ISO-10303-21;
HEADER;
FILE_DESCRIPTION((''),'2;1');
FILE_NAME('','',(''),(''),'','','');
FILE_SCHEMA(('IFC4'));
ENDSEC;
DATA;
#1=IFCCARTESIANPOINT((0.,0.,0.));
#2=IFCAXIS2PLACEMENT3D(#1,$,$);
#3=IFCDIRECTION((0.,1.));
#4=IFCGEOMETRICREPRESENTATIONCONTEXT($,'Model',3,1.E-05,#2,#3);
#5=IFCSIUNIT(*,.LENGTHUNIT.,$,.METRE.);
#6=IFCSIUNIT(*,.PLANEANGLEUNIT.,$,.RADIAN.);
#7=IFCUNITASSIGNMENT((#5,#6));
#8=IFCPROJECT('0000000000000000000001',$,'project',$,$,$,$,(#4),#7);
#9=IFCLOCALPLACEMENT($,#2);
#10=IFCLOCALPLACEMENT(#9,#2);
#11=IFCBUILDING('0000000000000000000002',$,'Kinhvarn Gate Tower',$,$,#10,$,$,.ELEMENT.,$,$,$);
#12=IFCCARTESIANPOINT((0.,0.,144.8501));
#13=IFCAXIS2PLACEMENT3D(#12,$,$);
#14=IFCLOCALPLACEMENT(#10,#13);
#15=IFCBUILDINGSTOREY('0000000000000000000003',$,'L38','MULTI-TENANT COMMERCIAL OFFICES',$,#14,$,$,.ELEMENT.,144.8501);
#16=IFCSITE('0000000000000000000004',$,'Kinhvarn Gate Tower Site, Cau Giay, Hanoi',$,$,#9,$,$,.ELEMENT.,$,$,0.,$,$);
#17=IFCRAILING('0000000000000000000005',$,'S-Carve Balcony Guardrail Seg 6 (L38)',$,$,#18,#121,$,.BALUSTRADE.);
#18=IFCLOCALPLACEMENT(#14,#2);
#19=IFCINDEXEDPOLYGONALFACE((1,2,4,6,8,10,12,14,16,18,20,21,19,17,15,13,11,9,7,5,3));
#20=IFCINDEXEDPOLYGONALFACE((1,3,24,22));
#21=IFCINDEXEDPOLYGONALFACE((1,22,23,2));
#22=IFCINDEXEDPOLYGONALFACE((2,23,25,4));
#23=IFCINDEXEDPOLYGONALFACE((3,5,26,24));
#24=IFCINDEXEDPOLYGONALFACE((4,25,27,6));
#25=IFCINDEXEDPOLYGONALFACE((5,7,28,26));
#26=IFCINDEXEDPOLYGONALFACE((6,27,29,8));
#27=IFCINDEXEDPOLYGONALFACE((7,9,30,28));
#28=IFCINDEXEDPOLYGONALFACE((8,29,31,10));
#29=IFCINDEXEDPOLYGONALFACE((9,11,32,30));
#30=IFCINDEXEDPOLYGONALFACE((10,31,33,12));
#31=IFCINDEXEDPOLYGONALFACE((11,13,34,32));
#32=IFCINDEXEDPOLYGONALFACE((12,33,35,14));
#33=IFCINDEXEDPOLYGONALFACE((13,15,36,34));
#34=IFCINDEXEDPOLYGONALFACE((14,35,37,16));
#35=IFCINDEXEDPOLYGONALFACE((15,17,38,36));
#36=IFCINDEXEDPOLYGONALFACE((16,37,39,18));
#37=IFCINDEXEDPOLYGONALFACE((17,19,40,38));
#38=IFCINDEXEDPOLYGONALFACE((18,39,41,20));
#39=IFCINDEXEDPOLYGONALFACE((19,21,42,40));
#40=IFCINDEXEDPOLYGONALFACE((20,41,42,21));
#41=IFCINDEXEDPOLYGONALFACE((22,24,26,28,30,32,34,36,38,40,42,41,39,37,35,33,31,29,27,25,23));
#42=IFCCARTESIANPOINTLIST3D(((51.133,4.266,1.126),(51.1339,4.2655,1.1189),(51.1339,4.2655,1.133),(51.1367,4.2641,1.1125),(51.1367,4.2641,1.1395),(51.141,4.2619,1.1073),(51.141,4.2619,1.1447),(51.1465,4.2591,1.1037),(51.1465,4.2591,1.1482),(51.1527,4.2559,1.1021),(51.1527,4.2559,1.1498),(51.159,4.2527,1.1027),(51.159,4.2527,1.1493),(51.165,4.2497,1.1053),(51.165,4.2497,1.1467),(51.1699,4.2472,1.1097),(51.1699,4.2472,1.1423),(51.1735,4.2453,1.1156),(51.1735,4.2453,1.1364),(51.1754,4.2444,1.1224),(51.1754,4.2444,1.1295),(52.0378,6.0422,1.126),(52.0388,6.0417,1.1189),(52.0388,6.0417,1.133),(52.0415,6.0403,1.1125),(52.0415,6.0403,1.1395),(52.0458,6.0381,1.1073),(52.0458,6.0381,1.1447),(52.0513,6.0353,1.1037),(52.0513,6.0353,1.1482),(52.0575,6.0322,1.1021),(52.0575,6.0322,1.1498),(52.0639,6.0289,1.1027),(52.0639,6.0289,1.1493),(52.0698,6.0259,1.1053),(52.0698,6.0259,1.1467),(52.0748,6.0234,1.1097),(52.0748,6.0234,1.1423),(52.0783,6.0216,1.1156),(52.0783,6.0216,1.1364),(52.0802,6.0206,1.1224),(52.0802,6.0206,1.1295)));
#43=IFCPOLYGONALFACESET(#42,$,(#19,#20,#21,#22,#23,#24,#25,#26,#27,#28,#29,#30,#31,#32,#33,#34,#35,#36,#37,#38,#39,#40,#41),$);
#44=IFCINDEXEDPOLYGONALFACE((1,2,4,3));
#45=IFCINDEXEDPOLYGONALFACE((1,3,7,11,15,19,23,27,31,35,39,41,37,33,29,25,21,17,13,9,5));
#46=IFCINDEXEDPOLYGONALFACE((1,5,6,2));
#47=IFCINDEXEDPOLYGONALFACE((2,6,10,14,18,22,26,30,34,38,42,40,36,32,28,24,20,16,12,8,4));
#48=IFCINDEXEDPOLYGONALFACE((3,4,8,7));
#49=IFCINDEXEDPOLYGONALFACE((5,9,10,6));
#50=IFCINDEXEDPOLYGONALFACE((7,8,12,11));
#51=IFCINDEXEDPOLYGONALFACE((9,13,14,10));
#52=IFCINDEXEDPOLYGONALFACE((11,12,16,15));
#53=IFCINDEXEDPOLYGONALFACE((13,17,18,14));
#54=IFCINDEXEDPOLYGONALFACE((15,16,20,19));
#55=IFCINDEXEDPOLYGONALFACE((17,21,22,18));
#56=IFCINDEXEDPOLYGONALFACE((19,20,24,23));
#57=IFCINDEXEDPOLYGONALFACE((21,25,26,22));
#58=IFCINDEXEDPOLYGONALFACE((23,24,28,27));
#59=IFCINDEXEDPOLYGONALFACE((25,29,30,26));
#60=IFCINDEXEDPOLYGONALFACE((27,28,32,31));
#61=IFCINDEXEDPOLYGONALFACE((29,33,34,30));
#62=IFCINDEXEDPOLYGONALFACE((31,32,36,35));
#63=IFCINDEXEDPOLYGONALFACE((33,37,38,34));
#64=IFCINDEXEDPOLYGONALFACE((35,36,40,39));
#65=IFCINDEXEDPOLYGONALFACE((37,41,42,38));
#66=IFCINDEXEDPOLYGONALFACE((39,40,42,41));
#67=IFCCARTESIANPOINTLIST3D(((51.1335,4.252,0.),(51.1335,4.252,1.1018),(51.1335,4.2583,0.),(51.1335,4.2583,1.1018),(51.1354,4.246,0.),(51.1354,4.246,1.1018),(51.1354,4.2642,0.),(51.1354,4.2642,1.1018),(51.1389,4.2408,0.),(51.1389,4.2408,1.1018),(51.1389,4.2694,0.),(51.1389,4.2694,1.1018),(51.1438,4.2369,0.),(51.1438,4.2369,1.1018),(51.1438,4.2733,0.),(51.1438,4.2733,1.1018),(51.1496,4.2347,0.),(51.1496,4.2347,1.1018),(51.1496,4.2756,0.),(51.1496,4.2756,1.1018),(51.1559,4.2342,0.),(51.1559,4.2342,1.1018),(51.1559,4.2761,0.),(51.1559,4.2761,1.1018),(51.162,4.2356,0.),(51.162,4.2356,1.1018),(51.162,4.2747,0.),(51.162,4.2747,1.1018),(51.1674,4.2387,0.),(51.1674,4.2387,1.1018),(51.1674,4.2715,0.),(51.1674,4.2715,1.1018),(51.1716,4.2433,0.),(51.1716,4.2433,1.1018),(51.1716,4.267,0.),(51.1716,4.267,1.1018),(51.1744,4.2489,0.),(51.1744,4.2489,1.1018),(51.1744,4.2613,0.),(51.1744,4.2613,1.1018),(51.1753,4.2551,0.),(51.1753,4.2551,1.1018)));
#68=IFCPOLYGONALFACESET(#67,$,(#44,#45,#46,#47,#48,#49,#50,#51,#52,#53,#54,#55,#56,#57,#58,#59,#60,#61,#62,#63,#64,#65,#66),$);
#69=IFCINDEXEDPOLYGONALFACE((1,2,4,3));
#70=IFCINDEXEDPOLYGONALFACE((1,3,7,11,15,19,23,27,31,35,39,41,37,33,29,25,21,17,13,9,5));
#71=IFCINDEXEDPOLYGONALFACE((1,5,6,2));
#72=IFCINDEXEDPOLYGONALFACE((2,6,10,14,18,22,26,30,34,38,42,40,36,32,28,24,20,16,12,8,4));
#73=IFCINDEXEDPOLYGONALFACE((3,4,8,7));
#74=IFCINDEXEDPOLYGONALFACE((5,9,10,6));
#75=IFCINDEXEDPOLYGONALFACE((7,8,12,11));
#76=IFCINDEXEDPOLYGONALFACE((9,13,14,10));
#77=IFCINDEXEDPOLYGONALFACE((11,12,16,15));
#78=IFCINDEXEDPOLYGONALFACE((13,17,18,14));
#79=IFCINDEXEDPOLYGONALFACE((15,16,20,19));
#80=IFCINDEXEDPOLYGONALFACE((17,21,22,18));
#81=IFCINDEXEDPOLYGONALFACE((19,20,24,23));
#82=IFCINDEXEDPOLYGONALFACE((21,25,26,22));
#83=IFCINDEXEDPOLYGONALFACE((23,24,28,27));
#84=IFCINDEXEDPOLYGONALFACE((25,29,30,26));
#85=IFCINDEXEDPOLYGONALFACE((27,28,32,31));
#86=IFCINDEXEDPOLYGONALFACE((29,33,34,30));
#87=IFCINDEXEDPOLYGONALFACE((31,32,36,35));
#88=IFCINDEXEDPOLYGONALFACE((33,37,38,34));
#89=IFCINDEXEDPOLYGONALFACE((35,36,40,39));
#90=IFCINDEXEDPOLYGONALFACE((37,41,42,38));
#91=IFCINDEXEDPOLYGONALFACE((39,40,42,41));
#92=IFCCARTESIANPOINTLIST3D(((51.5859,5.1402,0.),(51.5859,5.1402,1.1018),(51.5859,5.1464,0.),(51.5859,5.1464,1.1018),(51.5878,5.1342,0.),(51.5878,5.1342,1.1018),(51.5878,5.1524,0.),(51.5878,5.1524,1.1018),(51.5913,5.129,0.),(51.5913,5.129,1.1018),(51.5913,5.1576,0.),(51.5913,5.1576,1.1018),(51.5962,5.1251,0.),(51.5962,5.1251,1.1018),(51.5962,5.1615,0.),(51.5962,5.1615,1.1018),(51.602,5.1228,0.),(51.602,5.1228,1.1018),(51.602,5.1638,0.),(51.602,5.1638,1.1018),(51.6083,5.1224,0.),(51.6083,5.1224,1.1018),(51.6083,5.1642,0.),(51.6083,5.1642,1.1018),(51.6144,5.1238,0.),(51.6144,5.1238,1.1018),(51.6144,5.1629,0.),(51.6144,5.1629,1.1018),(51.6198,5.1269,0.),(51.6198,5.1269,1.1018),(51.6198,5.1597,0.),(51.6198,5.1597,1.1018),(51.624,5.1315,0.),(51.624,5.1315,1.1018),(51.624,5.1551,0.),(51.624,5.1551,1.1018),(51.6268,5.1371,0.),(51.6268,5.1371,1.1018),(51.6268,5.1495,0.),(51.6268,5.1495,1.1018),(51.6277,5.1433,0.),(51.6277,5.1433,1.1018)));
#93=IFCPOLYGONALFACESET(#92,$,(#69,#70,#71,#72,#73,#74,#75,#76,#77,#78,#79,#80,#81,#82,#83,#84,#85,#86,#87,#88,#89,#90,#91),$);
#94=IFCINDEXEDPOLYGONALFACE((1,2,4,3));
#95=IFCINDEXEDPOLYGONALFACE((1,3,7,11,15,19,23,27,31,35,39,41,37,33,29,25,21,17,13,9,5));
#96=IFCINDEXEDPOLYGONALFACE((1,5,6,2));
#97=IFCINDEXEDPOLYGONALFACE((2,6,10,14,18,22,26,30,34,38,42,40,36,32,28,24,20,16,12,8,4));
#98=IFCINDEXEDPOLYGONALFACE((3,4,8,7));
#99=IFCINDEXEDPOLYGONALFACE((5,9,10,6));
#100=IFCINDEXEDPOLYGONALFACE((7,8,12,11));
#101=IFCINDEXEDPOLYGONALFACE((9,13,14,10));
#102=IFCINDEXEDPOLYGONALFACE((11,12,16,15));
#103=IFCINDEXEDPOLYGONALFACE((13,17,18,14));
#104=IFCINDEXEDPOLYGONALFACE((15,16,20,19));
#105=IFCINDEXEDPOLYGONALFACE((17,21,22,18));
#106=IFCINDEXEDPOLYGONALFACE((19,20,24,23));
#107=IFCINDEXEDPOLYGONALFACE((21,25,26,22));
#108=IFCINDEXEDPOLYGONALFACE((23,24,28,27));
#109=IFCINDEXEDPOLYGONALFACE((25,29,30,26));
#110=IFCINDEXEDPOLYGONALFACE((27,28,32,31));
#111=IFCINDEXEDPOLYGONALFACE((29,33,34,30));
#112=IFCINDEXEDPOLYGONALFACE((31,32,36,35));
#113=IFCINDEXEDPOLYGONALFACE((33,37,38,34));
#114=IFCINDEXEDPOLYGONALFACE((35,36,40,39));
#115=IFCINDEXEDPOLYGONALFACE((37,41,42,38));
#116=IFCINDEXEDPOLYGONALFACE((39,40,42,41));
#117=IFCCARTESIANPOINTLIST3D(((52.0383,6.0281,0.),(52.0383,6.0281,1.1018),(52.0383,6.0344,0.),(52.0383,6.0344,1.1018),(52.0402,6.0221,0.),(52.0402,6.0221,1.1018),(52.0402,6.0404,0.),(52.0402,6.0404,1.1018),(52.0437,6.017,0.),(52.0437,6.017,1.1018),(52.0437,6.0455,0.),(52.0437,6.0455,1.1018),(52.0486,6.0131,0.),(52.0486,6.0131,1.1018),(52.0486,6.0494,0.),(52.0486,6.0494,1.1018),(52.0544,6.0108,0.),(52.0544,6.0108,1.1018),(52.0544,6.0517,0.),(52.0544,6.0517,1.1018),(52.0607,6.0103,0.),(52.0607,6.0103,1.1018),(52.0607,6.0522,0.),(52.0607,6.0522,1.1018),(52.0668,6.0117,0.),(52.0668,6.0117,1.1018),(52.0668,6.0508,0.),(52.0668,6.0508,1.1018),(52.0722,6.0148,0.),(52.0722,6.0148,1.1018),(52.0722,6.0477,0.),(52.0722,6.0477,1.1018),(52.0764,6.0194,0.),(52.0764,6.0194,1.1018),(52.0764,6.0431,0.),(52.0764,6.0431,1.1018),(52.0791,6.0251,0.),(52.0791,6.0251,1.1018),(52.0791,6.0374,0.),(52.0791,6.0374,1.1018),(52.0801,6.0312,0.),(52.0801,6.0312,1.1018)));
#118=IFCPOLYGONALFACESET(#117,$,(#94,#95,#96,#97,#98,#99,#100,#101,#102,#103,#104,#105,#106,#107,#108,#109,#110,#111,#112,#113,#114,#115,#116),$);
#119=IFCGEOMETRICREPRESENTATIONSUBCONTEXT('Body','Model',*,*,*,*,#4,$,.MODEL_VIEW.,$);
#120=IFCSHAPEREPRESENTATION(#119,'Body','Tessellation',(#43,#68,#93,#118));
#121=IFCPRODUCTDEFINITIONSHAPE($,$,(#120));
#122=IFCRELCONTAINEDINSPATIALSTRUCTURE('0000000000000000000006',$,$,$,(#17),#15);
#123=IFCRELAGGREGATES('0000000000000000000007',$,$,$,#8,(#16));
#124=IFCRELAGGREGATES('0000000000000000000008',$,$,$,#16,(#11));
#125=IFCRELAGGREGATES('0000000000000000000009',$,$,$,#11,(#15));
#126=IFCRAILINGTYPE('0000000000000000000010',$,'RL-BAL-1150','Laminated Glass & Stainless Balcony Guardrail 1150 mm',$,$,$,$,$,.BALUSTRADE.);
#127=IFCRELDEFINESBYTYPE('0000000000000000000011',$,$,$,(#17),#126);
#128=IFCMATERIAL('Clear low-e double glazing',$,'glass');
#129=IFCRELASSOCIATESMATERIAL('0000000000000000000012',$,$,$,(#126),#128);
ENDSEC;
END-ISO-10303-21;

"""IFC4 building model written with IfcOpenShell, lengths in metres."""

from ifc_helpers import new_model, si_unit, direction, frame, origin, origin_2d, place, context, subcontext, project, spatial, circle, extrude, material, type_object, element, save


model = new_model("IFC4")

# Units and contexts
model_context = context("Model", 3, precision=1e-05, world=origin(), true_north=direction((0.0, 1.0)))
body_context = subcontext(model_context, "Body", "Model", "MODEL_VIEW")
ifc_project = project(units=[si_unit("LENGTHUNIT", "METRE"), si_unit("PLANEANGLEUNIT", "RADIAN")], contexts=[model_context])

# Site, building, storey
site_placement = place(None, origin())
site = spatial("IfcSite", under=ifc_project, at=site_placement, Name="Kinhvarn Gate Tower Site, Cau Giay, Hanoi", CompositionType="ELEMENT", RefElevation=0.0)
building_placement = place(site_placement, origin())
building = spatial("IfcBuilding", under=site, at=building_placement, Name="Kinhvarn Gate Tower", CompositionType="ELEMENT")
storey_placement = place(building_placement, frame((0.0, 0.0, 144.8501)))
storey = spatial("IfcBuildingStorey", under=building, at=storey_placement, Name="L38", Description="MULTI-TENANT COMMERCIAL OFFICES", CompositionType="ELEMENT", Elevation=144.8501)

# Shared definitions
ifc_material_1 = material(Name="Clear low-e double glazing", Category="glass")

# Railing
railing_type = type_object("IfcRailingType", Name="RL-BAL-1150", Description="Laminated Glass & Stainless Balcony Guardrail 1150 mm", PredefinedType="BALUSTRADE", material=ifc_material_1)
railing_1_placement = place(storey_placement, frame((51.1543, 4.2551, 0.0)))
element("IfcRailing", 1, at=railing_1_placement, inside=storey, type_object=railing_type, Name="S-Carve Balcony Guardrail Seg 6 (L38)", PredefinedType="BALUSTRADE", context=body_context, shape_type="SweptSolid", body=[
    extrude(circle(Radius=0.0239, at=origin_2d()), frame((0.0, 0.0, 1.126), z_axis=(0.453913, 0.891046, 0.0), x_axis=(-0.891046, 0.453913, 0.0)), (0.0, 0.0, 1.0), 1.9934),
    extrude(circle(Radius=0.021, at=origin_2d()), origin(), (0.0, 0.0, 1.0), 1.1018),
    extrude(circle(Radius=0.021, at=origin_2d()), frame((0.4524, 0.8882, 0.0)), (0.0, 0.0, 1.0), 1.1018),
    extrude(circle(Radius=0.021, at=origin_2d()), frame((0.9048, 1.7761, 0.0)), (0.0, 0.0, 1.0), 1.1018),
])

save(model, "model.ifc")
